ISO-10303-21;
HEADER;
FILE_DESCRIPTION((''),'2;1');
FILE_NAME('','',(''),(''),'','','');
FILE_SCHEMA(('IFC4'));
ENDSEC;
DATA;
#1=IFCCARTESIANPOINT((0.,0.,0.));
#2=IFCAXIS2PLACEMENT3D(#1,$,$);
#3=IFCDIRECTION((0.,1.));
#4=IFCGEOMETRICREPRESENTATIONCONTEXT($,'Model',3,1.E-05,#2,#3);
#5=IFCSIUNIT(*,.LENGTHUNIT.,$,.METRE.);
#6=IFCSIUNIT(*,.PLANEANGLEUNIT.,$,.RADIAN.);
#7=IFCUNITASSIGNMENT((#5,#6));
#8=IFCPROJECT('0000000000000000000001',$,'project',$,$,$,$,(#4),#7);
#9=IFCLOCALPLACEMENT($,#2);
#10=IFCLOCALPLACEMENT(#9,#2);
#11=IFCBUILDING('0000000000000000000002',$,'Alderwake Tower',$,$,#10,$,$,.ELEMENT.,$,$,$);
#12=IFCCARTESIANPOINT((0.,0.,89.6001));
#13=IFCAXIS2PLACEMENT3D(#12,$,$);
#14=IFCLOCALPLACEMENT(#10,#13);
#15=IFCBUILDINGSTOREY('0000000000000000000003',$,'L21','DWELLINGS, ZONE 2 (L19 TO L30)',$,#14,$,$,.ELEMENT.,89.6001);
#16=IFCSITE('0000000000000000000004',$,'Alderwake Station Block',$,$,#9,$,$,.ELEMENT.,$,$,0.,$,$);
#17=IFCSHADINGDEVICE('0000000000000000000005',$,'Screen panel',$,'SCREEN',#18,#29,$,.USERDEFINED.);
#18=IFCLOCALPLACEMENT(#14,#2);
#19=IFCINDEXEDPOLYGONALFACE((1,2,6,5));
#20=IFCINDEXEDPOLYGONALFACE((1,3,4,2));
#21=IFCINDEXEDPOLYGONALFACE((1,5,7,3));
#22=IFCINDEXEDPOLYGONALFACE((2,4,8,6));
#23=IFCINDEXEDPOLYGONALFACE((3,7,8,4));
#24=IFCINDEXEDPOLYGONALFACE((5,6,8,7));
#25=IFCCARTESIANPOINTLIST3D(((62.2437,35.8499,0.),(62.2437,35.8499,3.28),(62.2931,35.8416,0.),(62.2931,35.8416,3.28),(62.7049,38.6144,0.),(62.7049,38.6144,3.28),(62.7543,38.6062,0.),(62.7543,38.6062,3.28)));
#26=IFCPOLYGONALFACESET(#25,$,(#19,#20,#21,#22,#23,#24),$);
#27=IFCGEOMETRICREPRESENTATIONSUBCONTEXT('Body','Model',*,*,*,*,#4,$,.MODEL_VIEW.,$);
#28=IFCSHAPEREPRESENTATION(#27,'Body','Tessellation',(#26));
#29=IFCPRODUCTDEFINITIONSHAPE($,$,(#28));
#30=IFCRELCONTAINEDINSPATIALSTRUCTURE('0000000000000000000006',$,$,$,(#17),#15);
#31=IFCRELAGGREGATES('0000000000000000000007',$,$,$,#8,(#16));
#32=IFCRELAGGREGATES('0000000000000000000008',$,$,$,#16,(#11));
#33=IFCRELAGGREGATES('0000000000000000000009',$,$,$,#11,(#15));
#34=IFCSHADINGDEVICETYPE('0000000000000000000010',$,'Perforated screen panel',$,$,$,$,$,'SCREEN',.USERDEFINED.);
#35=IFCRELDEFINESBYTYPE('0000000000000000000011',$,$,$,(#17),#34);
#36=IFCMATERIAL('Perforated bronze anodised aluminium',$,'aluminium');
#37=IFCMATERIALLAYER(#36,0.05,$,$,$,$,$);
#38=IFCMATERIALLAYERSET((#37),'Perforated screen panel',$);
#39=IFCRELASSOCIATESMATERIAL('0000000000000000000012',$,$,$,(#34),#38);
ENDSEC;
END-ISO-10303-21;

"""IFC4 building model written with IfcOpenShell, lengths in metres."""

from ifc_helpers import new_model, si_unit, direction, frame, origin, origin_2d, place, context, subcontext, project, spatial, rectangle, extrude, material, layer, layer_set, type_object, element, save


model = new_model("IFC4")

# Units and contexts
model_context = context("Model", 3, precision=1e-05, world=origin(), true_north=direction((0.0, 1.0)))
body_context = subcontext(model_context, "Body", "Model", "MODEL_VIEW")
ifc_project = project(units=[si_unit("LENGTHUNIT", "METRE"), si_unit("PLANEANGLEUNIT", "RADIAN")], contexts=[model_context])

# Site, building, storey
site_placement = place(None, origin())
site = spatial("IfcSite", under=ifc_project, at=site_placement, Name="Alderwake Station Block", CompositionType="ELEMENT", RefElevation=0.0)
building_placement = place(site_placement, origin())
building = spatial("IfcBuilding", under=site, at=building_placement, Name="Alderwake Tower", CompositionType="ELEMENT")
storey_placement = place(building_placement, frame((0.0, 0.0, 89.6001)))
storey = spatial("IfcBuildingStorey", under=building, at=storey_placement, Name="L21", Description="DWELLINGS, ZONE 2 (L19 TO L30)", CompositionType="ELEMENT", Elevation=89.6001)

# Shading device
ifc_material_1 = material(Name="Perforated bronze anodised aluminium", Category="aluminium")
ifc_layer_1 = layer(ifc_material_1, 0.05)
ifc_layer_set_1 = layer_set([ifc_layer_1], Name="Perforated screen panel")
shading_device_type_1 = type_object("IfcShadingDeviceType", Name="Perforated screen panel", ElementType="SCREEN", PredefinedType="USERDEFINED", material=ifc_layer_set_1)
shading_device_placement = place(storey_placement, frame((62.499, 37.228, 0.0), z_axis=(0.0, 0.0, 1.0), x_axis=(0.986369, -0.164548, 0.0)))
element("IfcShadingDevice", 1, at=shading_device_placement, inside=storey, type_object=shading_device_type_1, Name="Screen panel", ObjectType="SCREEN", PredefinedType="USERDEFINED", context=body_context, shape_type="SweptSolid", body=[
    extrude(rectangle(XDim=0.05, YDim=2.8027, at=origin_2d()), origin(), (0.0, 0.0, 1.0), 3.28),
])

save(model, "model.ifc")
